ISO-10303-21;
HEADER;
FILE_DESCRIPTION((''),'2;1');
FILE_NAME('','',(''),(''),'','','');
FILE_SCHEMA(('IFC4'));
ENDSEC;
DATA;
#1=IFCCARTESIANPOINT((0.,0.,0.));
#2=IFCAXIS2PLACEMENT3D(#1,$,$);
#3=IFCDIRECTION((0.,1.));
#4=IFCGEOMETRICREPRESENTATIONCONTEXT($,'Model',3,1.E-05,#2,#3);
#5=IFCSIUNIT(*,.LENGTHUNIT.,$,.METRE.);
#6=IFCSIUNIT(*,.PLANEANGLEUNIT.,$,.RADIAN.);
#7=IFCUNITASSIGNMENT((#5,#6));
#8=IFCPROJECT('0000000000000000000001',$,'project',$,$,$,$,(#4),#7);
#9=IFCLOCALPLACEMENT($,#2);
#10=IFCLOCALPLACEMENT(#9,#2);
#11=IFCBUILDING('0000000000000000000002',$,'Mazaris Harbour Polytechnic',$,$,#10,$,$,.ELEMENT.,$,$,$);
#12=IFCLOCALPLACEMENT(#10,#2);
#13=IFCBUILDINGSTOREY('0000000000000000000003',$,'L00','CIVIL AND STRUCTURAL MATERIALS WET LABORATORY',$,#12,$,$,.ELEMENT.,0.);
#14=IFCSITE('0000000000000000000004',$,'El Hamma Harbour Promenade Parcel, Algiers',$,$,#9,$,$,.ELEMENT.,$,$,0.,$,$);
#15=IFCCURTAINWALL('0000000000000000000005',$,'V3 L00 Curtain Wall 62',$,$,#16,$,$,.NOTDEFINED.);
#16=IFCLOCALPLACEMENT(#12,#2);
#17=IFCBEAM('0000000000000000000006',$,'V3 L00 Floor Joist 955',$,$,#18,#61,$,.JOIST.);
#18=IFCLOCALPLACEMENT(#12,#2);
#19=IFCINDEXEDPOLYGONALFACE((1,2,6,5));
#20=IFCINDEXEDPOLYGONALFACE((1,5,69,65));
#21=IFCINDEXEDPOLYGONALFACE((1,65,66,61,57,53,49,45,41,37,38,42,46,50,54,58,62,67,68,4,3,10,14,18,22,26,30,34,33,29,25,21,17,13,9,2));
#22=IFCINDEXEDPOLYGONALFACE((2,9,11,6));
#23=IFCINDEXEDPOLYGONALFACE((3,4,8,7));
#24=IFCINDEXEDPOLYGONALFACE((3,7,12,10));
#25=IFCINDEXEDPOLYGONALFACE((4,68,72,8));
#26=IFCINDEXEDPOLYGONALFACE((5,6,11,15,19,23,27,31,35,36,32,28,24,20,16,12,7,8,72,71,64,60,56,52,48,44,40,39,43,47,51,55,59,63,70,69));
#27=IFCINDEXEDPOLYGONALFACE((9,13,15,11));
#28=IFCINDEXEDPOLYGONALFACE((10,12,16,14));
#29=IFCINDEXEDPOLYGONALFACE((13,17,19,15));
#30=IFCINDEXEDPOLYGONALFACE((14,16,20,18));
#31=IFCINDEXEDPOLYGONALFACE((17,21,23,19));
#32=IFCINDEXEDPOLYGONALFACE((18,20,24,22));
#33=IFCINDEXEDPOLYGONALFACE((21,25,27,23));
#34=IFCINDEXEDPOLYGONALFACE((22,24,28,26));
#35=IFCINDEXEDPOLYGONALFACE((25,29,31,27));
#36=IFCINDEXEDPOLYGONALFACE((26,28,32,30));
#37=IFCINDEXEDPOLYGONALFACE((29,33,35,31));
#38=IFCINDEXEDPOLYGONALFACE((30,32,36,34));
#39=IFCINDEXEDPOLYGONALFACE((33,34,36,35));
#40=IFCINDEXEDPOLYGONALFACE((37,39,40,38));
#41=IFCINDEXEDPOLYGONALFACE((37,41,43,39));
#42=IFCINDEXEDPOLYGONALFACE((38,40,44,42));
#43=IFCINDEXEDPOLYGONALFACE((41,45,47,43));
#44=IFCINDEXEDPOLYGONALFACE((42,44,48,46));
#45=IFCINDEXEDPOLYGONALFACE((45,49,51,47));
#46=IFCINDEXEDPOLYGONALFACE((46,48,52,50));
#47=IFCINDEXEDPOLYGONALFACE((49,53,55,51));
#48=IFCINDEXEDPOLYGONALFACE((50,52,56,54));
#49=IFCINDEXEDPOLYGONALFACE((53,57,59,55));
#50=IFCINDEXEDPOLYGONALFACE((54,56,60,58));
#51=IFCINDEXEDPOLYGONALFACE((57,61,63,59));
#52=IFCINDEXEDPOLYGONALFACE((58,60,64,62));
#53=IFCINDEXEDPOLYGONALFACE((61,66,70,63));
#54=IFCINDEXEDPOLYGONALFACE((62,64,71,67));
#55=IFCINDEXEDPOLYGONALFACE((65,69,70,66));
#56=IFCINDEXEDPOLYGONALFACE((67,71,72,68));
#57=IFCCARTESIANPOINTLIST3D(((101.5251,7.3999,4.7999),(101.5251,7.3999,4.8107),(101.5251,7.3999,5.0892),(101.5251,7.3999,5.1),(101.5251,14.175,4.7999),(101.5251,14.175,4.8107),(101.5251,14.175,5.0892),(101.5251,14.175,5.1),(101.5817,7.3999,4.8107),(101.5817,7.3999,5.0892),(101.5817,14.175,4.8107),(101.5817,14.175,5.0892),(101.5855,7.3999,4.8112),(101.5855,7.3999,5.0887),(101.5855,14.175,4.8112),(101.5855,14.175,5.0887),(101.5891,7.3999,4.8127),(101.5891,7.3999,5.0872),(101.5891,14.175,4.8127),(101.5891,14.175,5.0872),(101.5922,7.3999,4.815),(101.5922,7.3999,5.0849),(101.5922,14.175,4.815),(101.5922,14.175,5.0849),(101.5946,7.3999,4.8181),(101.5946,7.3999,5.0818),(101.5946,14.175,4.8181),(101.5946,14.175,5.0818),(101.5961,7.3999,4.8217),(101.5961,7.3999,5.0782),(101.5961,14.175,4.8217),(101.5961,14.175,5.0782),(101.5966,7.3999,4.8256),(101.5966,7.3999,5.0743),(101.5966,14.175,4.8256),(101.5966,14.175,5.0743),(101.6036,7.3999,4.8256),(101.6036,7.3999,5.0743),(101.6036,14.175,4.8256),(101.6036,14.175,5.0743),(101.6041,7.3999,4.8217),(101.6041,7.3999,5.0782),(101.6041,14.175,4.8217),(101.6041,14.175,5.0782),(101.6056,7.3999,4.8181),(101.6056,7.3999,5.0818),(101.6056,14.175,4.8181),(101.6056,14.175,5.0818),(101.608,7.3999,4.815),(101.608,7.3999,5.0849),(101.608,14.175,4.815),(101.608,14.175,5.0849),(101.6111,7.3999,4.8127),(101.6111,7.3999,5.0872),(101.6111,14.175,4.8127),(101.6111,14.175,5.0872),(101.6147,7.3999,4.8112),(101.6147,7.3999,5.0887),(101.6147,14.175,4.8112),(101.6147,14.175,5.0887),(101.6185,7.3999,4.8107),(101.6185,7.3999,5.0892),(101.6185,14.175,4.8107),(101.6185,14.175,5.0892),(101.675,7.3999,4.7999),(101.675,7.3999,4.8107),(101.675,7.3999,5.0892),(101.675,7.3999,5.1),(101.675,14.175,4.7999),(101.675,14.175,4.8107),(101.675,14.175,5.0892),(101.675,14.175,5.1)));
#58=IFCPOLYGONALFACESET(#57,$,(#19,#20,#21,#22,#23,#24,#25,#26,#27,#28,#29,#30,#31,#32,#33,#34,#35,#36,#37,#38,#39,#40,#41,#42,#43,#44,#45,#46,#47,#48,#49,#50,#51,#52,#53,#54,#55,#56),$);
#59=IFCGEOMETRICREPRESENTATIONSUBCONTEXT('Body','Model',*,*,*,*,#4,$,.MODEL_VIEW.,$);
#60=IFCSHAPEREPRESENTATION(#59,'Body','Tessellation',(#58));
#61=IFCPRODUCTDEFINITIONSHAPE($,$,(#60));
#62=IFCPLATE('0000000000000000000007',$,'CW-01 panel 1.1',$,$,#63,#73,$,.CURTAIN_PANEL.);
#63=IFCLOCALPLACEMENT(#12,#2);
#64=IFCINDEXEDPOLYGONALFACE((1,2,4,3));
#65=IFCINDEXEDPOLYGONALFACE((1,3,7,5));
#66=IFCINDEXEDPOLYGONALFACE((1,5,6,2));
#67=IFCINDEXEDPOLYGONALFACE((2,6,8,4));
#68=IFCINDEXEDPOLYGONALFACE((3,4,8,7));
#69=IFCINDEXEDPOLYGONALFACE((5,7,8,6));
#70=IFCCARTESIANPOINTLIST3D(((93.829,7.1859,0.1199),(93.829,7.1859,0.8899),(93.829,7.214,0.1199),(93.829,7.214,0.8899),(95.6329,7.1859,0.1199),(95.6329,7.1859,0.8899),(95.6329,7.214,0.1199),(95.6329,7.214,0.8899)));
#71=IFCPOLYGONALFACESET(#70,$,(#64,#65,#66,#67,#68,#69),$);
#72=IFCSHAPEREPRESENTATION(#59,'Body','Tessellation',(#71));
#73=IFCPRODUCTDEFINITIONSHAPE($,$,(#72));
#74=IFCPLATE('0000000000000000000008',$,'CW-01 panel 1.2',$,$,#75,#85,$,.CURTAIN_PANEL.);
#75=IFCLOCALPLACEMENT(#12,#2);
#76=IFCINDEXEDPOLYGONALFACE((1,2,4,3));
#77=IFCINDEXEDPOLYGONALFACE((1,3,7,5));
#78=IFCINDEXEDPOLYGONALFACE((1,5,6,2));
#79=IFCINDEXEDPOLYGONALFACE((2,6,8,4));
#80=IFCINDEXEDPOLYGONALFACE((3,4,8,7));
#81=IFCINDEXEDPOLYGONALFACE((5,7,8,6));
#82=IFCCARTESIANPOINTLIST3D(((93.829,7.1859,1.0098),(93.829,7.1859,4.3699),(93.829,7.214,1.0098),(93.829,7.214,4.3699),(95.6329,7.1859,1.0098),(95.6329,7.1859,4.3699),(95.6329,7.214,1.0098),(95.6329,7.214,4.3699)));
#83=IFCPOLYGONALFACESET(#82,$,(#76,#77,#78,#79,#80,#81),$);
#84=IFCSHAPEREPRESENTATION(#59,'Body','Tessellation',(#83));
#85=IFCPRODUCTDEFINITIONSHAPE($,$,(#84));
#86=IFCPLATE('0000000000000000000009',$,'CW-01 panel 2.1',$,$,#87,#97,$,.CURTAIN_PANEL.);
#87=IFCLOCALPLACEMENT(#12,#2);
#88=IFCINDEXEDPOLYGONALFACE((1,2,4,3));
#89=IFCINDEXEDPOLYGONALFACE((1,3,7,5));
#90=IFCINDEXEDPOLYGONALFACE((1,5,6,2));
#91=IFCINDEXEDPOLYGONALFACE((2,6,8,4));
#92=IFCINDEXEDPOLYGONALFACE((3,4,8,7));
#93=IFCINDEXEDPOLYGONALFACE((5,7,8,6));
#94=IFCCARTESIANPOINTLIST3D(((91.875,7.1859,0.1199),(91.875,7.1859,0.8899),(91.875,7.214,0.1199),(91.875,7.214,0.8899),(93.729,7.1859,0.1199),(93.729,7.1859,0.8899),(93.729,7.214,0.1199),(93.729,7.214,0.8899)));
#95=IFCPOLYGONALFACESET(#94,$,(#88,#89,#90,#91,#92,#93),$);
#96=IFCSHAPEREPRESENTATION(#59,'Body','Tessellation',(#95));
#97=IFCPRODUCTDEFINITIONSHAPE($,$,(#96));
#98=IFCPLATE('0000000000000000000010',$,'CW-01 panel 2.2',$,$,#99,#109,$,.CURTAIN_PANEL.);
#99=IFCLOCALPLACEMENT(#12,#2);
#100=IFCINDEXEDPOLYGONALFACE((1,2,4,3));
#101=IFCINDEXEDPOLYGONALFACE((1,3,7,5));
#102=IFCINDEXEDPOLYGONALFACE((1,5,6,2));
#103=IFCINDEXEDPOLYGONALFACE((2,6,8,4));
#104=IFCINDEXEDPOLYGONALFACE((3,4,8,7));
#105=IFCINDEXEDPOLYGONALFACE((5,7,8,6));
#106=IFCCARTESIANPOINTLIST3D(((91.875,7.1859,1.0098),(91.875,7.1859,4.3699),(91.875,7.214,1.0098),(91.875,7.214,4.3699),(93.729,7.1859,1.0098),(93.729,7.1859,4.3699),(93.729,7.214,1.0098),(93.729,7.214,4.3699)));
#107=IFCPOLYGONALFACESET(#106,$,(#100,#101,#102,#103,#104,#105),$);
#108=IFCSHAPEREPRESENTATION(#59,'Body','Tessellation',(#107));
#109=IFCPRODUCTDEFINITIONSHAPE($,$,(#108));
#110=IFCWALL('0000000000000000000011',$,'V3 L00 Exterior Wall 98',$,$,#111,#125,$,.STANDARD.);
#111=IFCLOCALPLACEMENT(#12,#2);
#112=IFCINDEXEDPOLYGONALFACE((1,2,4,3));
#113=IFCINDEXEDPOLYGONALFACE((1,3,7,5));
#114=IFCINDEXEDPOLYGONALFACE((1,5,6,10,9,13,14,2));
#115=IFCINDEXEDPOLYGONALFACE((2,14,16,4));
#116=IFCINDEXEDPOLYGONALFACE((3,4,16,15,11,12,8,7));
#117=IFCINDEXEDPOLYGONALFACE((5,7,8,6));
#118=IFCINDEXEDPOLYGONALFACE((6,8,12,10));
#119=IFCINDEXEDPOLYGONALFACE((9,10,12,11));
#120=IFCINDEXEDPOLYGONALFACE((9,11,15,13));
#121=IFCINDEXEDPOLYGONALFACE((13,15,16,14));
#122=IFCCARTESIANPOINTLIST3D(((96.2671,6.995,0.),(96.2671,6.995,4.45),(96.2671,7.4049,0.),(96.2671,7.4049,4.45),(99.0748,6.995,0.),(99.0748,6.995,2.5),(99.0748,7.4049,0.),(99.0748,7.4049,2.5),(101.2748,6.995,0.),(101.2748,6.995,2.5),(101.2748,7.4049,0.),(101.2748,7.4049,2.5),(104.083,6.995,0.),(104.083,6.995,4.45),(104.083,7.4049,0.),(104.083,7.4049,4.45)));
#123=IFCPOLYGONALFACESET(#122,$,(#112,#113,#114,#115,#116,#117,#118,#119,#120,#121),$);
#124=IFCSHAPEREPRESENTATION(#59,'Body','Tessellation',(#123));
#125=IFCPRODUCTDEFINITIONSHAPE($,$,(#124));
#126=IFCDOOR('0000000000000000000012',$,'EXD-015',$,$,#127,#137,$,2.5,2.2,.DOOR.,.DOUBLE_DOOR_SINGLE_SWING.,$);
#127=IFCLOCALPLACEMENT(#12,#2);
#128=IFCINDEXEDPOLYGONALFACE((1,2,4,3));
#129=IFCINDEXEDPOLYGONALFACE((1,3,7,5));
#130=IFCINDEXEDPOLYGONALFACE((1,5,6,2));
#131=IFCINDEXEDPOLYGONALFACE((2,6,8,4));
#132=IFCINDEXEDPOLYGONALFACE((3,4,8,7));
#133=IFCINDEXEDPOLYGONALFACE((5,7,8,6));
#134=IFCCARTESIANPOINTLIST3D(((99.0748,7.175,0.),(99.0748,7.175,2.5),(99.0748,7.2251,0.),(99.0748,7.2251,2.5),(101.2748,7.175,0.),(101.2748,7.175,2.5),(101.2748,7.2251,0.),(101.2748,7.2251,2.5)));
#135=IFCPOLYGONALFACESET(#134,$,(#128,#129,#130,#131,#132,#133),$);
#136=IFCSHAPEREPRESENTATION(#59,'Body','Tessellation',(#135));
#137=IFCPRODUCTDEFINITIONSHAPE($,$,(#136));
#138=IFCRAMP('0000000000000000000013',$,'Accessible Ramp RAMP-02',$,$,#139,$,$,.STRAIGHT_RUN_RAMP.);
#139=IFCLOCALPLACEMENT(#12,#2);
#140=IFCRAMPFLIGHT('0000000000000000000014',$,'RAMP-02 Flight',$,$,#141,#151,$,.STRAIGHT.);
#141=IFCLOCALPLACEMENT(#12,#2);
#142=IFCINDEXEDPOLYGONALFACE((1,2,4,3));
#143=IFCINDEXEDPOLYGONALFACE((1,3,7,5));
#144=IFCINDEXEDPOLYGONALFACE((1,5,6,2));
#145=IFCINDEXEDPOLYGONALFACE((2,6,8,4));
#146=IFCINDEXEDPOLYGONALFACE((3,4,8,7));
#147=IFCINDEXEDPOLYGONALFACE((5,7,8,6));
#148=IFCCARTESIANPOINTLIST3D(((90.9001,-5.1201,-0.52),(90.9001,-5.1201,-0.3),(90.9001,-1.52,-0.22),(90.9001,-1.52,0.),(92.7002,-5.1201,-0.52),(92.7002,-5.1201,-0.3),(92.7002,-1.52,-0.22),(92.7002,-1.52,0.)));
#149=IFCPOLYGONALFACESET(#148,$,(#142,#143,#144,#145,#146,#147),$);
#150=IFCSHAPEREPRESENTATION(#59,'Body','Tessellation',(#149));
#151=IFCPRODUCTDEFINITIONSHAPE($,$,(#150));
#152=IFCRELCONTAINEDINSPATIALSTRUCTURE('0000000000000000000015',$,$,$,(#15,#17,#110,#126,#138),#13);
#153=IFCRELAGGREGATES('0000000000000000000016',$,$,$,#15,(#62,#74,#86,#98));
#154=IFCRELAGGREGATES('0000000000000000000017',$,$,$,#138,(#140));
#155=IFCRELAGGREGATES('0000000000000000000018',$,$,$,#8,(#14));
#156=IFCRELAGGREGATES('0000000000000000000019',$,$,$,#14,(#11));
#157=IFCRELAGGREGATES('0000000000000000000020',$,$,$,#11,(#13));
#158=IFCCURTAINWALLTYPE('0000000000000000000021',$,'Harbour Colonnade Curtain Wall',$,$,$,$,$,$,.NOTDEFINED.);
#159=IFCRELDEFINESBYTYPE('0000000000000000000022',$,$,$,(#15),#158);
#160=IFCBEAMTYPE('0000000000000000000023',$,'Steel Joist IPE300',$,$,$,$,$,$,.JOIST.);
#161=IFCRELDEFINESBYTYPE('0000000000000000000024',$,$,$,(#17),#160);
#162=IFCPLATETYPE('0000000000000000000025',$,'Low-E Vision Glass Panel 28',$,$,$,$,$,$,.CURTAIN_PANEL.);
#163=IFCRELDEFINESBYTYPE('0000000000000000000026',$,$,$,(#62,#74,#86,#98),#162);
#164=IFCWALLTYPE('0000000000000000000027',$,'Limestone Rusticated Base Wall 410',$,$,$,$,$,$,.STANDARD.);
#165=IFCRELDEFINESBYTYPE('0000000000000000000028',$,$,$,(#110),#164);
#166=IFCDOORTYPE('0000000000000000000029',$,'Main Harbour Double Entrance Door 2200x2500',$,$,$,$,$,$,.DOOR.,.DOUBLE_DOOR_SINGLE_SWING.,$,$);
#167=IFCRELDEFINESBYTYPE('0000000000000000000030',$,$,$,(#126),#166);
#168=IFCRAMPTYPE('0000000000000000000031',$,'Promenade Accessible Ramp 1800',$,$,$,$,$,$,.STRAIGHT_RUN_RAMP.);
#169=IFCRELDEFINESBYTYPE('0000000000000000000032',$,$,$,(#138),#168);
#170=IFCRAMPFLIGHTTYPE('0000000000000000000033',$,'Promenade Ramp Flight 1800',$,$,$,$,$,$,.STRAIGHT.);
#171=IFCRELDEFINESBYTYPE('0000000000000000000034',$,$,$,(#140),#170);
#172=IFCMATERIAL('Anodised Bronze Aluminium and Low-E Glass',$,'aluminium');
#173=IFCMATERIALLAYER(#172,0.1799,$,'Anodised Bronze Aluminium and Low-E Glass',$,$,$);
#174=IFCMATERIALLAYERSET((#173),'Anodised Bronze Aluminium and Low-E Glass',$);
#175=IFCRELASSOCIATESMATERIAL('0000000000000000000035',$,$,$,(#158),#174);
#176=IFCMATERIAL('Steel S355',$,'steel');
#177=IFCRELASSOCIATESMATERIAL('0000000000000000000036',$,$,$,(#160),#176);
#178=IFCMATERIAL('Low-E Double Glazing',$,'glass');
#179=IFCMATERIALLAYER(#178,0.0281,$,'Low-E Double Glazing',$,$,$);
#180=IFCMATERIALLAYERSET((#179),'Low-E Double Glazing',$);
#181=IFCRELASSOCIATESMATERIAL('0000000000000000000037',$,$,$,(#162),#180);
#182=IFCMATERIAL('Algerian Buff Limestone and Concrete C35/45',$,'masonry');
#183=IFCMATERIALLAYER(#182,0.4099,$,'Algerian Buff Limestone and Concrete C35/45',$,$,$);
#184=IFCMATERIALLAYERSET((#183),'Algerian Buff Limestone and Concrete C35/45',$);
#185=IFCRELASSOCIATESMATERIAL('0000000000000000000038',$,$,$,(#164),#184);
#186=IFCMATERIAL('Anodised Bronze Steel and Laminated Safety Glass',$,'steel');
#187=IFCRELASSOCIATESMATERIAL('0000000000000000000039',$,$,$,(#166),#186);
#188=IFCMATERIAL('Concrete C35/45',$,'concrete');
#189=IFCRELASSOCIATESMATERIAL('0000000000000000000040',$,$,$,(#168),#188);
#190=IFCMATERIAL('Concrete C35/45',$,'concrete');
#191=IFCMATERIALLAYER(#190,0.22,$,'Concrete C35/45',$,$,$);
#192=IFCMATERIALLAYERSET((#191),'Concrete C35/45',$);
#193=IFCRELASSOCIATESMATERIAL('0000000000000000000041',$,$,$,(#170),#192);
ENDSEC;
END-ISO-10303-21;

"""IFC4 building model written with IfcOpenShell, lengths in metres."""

from ifc_helpers import new_model, si_unit, direction, frame, frame_2d, origin, origin_2d, place, context, subcontext, project, spatial, polyline, rectangle, i_section, outline, extrude, material, layer, layer_set, material_profile, profile_set, type_object, element, fill, aggregate, save


model = new_model("IFC4")

# Units and contexts
model_context = context("Model", 3, precision=1e-05, world=origin(), true_north=direction((0.0, 1.0)))
body_context = subcontext(model_context, "Body", "Model", "MODEL_VIEW")
ifc_project = project(units=[si_unit("LENGTHUNIT", "METRE"), si_unit("PLANEANGLEUNIT", "RADIAN")], contexts=[model_context])

# Site, building, storey
site_placement = place(None, origin())
site = spatial("IfcSite", under=ifc_project, at=site_placement, Name="El Hamma Harbour Promenade Parcel, Algiers", CompositionType="ELEMENT", RefElevation=0.0)
building_placement = place(site_placement, origin())
building = spatial("IfcBuilding", under=site, at=building_placement, Name="Mazaris Harbour Polytechnic", CompositionType="ELEMENT")
storey_placement = place(building_placement, origin())
storey = spatial("IfcBuildingStorey", under=building, at=storey_placement, Name="L00", Description="CIVIL AND STRUCTURAL MATERIALS WET LABORATORY", CompositionType="ELEMENT", Elevation=0.0)

# Curtain wall
ifc_material_1 = material(Name="Anodised Bronze Aluminium and Low-E Glass", Category="aluminium")
ifc_layer_1 = layer(ifc_material_1, 0.1799, Name="Anodised Bronze Aluminium and Low-E Glass")
ifc_layer_set_1 = layer_set([ifc_layer_1], Name="Anodised Bronze Aluminium and Low-E Glass")
curtain_wall_type = type_object("IfcCurtainWallType", Name="Harbour Colonnade Curtain Wall", PredefinedType="NOTDEFINED", material=ifc_layer_set_1)
curtain_wall_placement = place(storey_placement, origin())
curtain_wall = element("IfcCurtainWall", 1, at=curtain_wall_placement, inside=storey, type_object=curtain_wall_type, Name="V3 L00 Curtain Wall 62", PredefinedType="NOTDEFINED")

# Beam
ifc_material_2 = material(Name="Steel S355", Category="steel")
ifc_material_profile_1 = material_profile(ifc_material_2, i_section(OverallWidth=0.1499, OverallDepth=0.3, WebThickness=0.0071, FlangeThickness=0.0107, FilletRadius=0.0149, at=origin_2d()), Name="IPE 300")
ifc_profile_set_1 = profile_set([ifc_material_profile_1], Name="Steel S355")
beam_type_1 = type_object("IfcBeamType", Name="Steel Joist IPE300", PredefinedType="JOIST", material=ifc_profile_set_1)
beam_1_placement = place(storey_placement, frame((101.6001, 7.3999, 4.95), z_axis=(0.0, 1.0, 0.0), x_axis=(-1.0, 0.0, 0.0)))
element("IfcBeam", 2, at=beam_1_placement, inside=storey, type_object=beam_type_1, Name="V3 L00 Floor Joist 955", PredefinedType="JOIST", context=body_context, shape_type="SweptSolid", body=[
    extrude(i_section(OverallWidth=0.1499, OverallDepth=0.3, WebThickness=0.0071, FlangeThickness=0.0107, FilletRadius=0.0149, at=origin_2d()), origin(), (0.0, 0.0, 1.0), 6.7751),
])

# Plates
ifc_material_3 = material(Name="Low-E Double Glazing", Category="glass")
ifc_layer_2 = layer(ifc_material_3, 0.0281, Name="Low-E Double Glazing")
ifc_layer_set_2 = layer_set([ifc_layer_2], Name="Low-E Double Glazing")
plate_type = type_object("IfcPlateType", Name="Low-E Vision Glass Panel 28", PredefinedType="CURTAIN_PANEL", material=ifc_layer_set_2)
plate_1_placement = place(storey_placement, frame((94.731, 7.2, 0.1199), z_axis=(0.0, 0.0, 1.0), x_axis=(-1.0, 0.0, 0.0)))
plate_1 = element("IfcPlate", 3, at=plate_1_placement, type_object=plate_type, Name="CW-01 panel 1.1", PredefinedType="CURTAIN_PANEL", context=body_context, shape_type="SweptSolid", body=[
    extrude(rectangle(XDim=1.804, YDim=0.0281, at=origin_2d()), origin(), (0.0, 0.0, 1.0), 0.77),
])
plate_2_placement = place(storey_placement, frame((94.731, 7.2, 1.0098), z_axis=(0.0, 0.0, 1.0), x_axis=(-1.0, 0.0, 0.0)))
plate_2 = element("IfcPlate", 4, at=plate_2_placement, type_object=plate_type, Name="CW-01 panel 1.2", PredefinedType="CURTAIN_PANEL", context=body_context, shape_type="SweptSolid", body=[
    extrude(rectangle(XDim=1.804, YDim=0.0281, at=origin_2d()), origin(), (0.0, 0.0, 1.0), 3.3601),
])
plate_3_placement = place(storey_placement, frame((92.802, 7.2, 0.1199), z_axis=(0.0, 0.0, 1.0), x_axis=(-1.0, 0.0, 0.0)))
plate_3 = element("IfcPlate", 5, at=plate_3_placement, type_object=plate_type, Name="CW-01 panel 2.1", PredefinedType="CURTAIN_PANEL", context=body_context, shape_type="SweptSolid", body=[
    extrude(rectangle(XDim=1.854, YDim=0.0281, at=origin_2d()), origin(), (0.0, 0.0, 1.0), 0.77),
])
plate_4_placement = place(storey_placement, frame((92.802, 7.2, 1.0098), z_axis=(0.0, 0.0, 1.0), x_axis=(-1.0, 0.0, 0.0)))
plate_4 = element("IfcPlate", 6, at=plate_4_placement, type_object=plate_type, Name="CW-01 panel 2.2", PredefinedType="CURTAIN_PANEL", context=body_context, shape_type="SweptSolid", body=[
    extrude(rectangle(XDim=1.854, YDim=0.0281, at=origin_2d()), origin(), (0.0, 0.0, 1.0), 3.3601),
])
aggregate(curtain_wall, [plate_1, plate_2, plate_3, plate_4])

# Wall, opening, door
ifc_material_4 = material(Name="Algerian Buff Limestone and Concrete C35/45", Category="masonry")
ifc_layer_3 = layer(ifc_material_4, 0.4099, Name="Algerian Buff Limestone and Concrete C35/45")
ifc_layer_set_3 = layer_set([ifc_layer_3], Name="Algerian Buff Limestone and Concrete C35/45")
wall_type = type_object("IfcWallType", Name="Limestone Rusticated Base Wall 410", PredefinedType="STANDARD", material=ifc_layer_set_3)
wall_placement = place(storey_placement, frame((104.083, 7.2, 0.0), z_axis=(0.0, 0.0, 1.0), x_axis=(-1.0, 0.0, 0.0)))
wall = element("IfcWall", 7, at=wall_placement, inside=storey, type_object=wall_type, Name="V3 L00 Exterior Wall 98", PredefinedType="STANDARD", context=body_context, shape_type="SweptSolid", body=[
    extrude(rectangle(XDim=7.8159, YDim=0.4099, at=frame_2d((3.908, 0.0))), origin(), (0.0, 0.0, 1.0), 4.45),
])
opening_placement = place(wall_placement, frame((2.8081, 0.0, 0.0)))
opening = element("IfcOpeningElement", 8, at=opening_placement, cuts=wall, PredefinedType="OPENING", context=body_context, shape_type="SweptSolid", body=[
    extrude(rectangle(XDim=2.2, YDim=2.5, at=frame_2d((1.1001, 1.25))), frame((0.0, 0.2148, 0.0), z_axis=(0.0, -1.0, 0.0), x_axis=(1.0, 0.0, 0.0)), (0.0, 0.0, 1.0), 0.4299),
])
ifc_material_5 = material(Name="Anodised Bronze Steel and Laminated Safety Glass", Category="steel")
door_type = type_object("IfcDoorType", Name="Main Harbour Double Entrance Door 2200x2500", OperationType="DOUBLE_DOOR_SINGLE_SWING", PredefinedType="DOOR", material=ifc_material_5)
door_placement = place(opening_placement, origin())
door = element("IfcDoor", 9, at=door_placement, inside=storey, type_object=door_type, Name="EXD-015", OperationType="DOUBLE_DOOR_SINGLE_SWING", OverallHeight=2.5, OverallWidth=2.2, PredefinedType="DOOR", context=body_context, shape_type="SweptSolid", body=[
    extrude(rectangle(XDim=2.2, YDim=2.5, at=frame_2d((1.1001, 1.25))), frame((0.0, 0.0249, 0.0), z_axis=(0.0, -1.0, 0.0), x_axis=(1.0, 0.0, 0.0)), (0.0, 0.0, 1.0), 0.05),
])
fill(opening, door)

# Ramp, ramp flight
ifc_material_6 = material(Name="Concrete C35/45", Category="concrete")
ramp_type = type_object("IfcRampType", Name="Promenade Accessible Ramp 1800", PredefinedType="STRAIGHT_RUN_RAMP", material=ifc_material_6)
ramp_placement = place(storey_placement, origin())
ramp = element("IfcRamp", 10, at=ramp_placement, inside=storey, type_object=ramp_type, Name="Accessible Ramp RAMP-02", PredefinedType="STRAIGHT_RUN_RAMP")
ifc_material_7 = material(Name="Concrete C35/45", Category="concrete")
ifc_layer_4 = layer(ifc_material_7, 0.22, Name="Concrete C35/45")
ifc_layer_set_4 = layer_set([ifc_layer_4], Name="Concrete C35/45")
ramp_flight_type = type_object("IfcRampFlightType", Name="Promenade Ramp Flight 1800", PredefinedType="STRAIGHT", material=ifc_layer_set_4)
ramp_flight_placement = place(storey_placement, frame((91.8, -5.1201, -0.3), z_axis=(0.0, 0.0, 1.0), x_axis=(0.0, 1.0, 0.0)))
ramp_flight = element("IfcRampFlight", 11, at=ramp_flight_placement, type_object=ramp_flight_type, Name="RAMP-02 Flight", PredefinedType="STRAIGHT", context=body_context, shape_type="SweptSolid", body=[
    extrude(outline(polyline([(0.0, 0.0), (0.0, -0.22), (3.6001, 0.0801), (3.6001, 0.3), (0.0, 0.0)])), frame((0.0, 0.8999, 0.0), z_axis=(0.0, -1.0, 0.0), x_axis=(1.0, 0.0, 0.0)), (0.0, 0.0, 1.0), 1.8),
])
aggregate(ramp, [ramp_flight])

save(model, "model.ifc")
